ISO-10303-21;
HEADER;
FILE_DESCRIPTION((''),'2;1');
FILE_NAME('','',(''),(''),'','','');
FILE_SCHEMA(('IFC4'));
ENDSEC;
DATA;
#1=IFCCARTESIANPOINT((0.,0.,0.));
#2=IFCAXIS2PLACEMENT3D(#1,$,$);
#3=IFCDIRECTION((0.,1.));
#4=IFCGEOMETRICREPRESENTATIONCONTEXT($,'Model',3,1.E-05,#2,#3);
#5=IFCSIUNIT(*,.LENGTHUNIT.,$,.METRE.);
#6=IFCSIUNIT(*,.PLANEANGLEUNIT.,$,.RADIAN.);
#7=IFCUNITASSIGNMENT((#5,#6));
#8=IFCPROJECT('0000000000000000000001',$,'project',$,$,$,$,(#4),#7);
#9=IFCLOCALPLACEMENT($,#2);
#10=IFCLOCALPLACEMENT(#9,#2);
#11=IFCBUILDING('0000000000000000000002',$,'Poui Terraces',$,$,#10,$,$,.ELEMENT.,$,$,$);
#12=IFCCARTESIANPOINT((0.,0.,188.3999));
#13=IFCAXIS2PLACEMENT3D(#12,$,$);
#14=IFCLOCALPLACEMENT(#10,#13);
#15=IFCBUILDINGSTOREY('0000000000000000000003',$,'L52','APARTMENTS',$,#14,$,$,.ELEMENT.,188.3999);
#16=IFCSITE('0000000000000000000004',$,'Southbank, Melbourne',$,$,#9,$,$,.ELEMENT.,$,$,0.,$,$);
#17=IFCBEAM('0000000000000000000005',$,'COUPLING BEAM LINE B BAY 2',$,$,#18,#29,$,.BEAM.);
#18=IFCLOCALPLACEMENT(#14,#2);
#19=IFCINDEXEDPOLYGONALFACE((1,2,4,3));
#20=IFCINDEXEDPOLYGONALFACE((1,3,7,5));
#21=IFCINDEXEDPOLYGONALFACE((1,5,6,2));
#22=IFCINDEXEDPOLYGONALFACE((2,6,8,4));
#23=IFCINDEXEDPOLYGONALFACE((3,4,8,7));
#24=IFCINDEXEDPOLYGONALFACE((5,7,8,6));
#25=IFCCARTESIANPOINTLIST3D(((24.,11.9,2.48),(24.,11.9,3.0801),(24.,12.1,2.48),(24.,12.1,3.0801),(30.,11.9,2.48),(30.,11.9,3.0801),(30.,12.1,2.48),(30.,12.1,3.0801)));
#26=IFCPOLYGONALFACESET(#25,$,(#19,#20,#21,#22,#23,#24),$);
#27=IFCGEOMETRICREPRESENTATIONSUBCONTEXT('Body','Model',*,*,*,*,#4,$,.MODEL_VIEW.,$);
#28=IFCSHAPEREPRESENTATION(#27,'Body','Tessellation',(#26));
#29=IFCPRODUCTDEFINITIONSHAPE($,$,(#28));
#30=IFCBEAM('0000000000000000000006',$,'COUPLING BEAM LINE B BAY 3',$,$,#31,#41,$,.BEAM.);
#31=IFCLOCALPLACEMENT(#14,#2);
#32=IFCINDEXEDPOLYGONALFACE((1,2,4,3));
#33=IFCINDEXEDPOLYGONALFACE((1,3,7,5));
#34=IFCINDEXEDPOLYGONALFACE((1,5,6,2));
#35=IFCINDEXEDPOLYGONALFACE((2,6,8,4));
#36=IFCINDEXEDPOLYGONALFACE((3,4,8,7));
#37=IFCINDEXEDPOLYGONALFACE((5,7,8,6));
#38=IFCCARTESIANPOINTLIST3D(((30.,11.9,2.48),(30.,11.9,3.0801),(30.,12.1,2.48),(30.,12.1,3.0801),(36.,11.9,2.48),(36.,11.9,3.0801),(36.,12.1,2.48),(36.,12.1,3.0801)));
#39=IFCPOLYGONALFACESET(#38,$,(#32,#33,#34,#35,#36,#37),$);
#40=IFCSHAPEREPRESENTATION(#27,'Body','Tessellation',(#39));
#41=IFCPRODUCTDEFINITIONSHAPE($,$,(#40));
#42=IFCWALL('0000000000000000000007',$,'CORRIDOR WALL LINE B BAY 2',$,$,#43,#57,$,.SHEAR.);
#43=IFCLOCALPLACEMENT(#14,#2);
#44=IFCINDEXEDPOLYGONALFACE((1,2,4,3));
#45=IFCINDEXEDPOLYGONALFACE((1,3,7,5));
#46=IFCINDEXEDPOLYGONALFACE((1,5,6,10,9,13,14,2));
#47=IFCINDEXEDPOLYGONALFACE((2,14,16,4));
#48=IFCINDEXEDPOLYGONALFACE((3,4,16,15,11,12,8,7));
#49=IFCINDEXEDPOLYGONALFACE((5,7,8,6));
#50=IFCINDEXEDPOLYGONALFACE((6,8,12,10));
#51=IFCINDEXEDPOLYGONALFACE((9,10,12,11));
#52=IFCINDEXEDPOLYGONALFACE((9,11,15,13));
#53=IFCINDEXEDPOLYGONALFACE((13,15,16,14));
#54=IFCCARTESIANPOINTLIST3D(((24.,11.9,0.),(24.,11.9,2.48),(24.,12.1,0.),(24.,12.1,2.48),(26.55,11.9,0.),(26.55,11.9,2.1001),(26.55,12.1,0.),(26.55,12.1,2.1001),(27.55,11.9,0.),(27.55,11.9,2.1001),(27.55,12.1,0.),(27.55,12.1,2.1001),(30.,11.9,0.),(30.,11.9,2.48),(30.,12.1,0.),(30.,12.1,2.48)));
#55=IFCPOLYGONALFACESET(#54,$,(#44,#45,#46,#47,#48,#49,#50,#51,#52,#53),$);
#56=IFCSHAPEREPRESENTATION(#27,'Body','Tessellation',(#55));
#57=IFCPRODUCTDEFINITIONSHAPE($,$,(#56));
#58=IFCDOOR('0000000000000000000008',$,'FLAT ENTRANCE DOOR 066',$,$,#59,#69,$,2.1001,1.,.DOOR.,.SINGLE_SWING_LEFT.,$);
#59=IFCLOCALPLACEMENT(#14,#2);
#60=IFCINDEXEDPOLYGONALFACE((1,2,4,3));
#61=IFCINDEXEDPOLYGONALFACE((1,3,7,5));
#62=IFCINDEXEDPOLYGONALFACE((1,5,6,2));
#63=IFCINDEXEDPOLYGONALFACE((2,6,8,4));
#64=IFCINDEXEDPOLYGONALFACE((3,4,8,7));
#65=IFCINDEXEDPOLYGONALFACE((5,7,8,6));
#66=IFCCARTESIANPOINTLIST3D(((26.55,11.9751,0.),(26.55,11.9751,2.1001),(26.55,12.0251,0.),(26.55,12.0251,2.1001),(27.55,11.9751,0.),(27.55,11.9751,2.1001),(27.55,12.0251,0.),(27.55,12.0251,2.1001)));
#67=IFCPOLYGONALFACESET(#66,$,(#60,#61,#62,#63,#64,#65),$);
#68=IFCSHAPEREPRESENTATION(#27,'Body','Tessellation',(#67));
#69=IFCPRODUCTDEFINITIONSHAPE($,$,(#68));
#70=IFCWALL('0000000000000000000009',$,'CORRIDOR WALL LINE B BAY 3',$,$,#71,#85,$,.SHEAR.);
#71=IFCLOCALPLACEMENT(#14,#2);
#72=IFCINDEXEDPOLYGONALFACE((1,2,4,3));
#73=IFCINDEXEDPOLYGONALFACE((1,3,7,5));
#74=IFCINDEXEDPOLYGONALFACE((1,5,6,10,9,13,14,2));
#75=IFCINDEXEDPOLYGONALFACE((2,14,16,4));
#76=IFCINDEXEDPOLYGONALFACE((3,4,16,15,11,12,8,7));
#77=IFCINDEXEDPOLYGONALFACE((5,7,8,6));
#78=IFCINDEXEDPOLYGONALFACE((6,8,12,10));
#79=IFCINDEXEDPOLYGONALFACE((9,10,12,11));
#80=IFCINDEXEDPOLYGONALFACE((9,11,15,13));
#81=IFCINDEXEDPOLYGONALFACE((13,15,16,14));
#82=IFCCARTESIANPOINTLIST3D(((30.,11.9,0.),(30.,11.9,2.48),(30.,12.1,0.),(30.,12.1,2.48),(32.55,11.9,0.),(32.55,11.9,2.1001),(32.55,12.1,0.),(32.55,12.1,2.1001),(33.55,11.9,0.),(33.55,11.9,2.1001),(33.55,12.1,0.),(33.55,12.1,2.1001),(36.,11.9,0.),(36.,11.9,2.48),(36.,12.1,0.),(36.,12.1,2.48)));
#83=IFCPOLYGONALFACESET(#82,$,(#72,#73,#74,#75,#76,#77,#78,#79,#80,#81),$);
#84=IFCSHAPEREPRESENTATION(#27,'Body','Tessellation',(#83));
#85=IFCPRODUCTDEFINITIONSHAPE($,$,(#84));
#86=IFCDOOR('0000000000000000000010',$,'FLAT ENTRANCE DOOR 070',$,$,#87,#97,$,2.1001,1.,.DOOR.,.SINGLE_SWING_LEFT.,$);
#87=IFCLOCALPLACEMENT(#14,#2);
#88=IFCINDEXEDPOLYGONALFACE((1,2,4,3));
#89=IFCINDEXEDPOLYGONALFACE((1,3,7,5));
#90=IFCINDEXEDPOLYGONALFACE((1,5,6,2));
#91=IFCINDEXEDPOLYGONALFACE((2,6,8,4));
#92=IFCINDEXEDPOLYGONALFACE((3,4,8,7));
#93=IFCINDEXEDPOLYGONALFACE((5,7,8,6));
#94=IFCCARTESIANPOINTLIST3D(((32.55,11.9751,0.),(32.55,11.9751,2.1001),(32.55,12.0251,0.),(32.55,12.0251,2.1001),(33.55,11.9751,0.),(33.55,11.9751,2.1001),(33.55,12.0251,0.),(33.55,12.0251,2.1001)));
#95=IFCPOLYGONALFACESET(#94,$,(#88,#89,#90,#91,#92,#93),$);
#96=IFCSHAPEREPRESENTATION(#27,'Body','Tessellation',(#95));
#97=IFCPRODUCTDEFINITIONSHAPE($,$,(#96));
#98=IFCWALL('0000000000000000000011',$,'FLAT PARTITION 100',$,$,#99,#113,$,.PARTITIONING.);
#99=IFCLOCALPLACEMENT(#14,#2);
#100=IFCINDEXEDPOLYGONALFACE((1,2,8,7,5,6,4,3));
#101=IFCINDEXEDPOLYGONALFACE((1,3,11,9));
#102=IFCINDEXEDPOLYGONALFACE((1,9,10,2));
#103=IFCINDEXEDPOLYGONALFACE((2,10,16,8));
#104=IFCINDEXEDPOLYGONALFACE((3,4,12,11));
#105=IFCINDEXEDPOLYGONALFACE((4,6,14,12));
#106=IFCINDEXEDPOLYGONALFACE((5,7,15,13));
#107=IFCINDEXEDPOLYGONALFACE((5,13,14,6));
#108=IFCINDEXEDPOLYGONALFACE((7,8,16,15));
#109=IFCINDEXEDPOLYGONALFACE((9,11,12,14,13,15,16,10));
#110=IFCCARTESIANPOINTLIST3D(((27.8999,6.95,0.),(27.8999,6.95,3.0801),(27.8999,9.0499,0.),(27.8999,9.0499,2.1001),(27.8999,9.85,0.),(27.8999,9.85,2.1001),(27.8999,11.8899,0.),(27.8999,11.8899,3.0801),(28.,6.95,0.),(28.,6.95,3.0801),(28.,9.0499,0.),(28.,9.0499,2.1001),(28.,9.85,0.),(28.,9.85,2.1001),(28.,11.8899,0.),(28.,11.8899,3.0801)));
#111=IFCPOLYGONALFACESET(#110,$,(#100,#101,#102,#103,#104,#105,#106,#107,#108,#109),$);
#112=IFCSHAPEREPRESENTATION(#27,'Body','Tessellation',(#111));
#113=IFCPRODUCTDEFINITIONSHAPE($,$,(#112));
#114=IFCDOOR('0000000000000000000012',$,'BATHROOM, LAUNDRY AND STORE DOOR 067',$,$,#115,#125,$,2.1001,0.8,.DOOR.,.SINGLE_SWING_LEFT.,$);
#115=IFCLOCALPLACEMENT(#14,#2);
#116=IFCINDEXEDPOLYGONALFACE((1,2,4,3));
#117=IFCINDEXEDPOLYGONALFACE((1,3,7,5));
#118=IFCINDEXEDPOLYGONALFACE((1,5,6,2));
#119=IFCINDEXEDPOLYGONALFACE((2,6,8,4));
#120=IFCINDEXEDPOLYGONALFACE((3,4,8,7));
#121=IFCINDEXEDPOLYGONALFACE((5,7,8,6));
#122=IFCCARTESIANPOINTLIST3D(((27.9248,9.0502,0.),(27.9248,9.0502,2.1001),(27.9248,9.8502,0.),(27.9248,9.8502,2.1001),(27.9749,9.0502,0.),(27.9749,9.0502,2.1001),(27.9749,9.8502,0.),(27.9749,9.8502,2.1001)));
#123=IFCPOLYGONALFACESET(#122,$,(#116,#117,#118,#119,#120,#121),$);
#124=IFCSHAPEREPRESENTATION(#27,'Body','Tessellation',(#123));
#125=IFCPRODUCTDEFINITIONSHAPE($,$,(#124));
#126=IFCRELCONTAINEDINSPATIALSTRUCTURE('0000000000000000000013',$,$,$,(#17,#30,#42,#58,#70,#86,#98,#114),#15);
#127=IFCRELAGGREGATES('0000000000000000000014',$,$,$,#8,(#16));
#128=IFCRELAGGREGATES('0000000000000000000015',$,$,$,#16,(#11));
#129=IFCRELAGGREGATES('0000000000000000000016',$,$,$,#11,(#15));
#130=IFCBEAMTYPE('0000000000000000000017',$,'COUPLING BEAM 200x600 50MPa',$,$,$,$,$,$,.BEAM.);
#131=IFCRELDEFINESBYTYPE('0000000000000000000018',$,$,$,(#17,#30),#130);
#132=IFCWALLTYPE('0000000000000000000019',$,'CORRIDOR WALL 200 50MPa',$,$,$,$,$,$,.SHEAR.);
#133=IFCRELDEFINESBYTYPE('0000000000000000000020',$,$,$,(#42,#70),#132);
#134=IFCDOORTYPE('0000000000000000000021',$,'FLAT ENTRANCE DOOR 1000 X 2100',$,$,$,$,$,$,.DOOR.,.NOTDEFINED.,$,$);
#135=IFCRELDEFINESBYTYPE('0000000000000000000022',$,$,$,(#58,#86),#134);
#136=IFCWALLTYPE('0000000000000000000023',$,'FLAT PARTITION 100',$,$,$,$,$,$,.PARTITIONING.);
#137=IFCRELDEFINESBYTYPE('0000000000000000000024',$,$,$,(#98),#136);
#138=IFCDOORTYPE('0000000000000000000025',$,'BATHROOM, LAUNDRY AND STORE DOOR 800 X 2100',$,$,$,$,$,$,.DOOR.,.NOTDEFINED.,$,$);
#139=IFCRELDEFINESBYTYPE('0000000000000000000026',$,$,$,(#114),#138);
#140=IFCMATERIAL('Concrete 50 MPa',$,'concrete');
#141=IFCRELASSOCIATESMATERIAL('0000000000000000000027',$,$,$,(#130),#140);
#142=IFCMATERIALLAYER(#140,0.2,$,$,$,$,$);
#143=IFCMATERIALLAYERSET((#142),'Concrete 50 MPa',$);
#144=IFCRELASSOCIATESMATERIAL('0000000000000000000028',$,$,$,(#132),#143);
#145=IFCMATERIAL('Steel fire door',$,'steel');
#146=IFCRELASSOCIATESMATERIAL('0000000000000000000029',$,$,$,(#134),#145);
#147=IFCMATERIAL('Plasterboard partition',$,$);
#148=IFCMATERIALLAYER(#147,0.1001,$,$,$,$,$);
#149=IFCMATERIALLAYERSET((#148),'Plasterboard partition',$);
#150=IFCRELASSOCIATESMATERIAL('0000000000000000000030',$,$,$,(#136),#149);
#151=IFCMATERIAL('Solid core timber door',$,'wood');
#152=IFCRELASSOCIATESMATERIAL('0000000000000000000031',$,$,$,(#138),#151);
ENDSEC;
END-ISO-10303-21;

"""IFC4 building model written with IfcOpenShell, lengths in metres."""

from ifc_helpers import new_model, si_unit, direction, frame, frame_2d, origin, origin_2d, place, context, subcontext, project, spatial, rectangle, extrude, source, transform, mapped, material, layer, layer_set, material_profile, profile_set, type_object, element, fill, save


model = new_model("IFC4")

# Units and contexts
model_context = context("Model", 3, precision=1e-05, world=origin(), true_north=direction((0.0, 1.0)))
body_context = subcontext(model_context, "Body", "Model", "MODEL_VIEW")
ifc_project = project(units=[si_unit("LENGTHUNIT", "METRE"), si_unit("PLANEANGLEUNIT", "RADIAN")], contexts=[model_context])

# Site, building, storey
site_placement = place(None, origin())
site = spatial("IfcSite", under=ifc_project, at=site_placement, Name="Southbank, Melbourne", CompositionType="ELEMENT", RefElevation=0.0)
building_placement = place(site_placement, origin())
building = spatial("IfcBuilding", under=site, at=building_placement, Name="Poui Terraces", CompositionType="ELEMENT")
storey_placement = place(building_placement, frame((0.0, 0.0, 188.3999)))
storey = spatial("IfcBuildingStorey", under=building, at=storey_placement, Name="L52", Description="APARTMENTS", CompositionType="ELEMENT", Elevation=188.3999)

# Beams
ifc_material_1 = material(Name="Concrete 50 MPa", Category="concrete")
ifc_material_profile = material_profile(ifc_material_1, rectangle(XDim=0.2, YDim=0.6001, at=origin_2d()), Name="RC 200x600")
ifc_profile_set = profile_set([ifc_material_profile], Name="Concrete 50 MPa")
beam_type = type_object("IfcBeamType", Name="COUPLING BEAM 200x600 50MPa", PredefinedType="BEAM", material=ifc_profile_set)
shared_shape = source(origin(), body_context, "Body", "SweptSolid", [
    extrude(rectangle(XDim=0.2, YDim=0.6001, at=origin_2d()), origin(), (0.0, 0.0, 1.0), 6.0),
])
for number, where, z_axis, x_axis, name in (
    (1, (24.0, 12.0, 2.78), (1.0, 0.0, 0.0), (0.0, 1.0, 0.0), "COUPLING BEAM LINE B BAY 2"),
    (2, (30.0, 12.0, 2.78), (1.0, 0.0, 0.0), (0.0, 1.0, 0.0), "COUPLING BEAM LINE B BAY 3"),
):
    element("IfcBeam", number, at=place(storey_placement, frame(where, z_axis=z_axis, x_axis=x_axis)), inside=storey, type_object=beam_type, Name=name, PredefinedType="BEAM", context=body_context, shape_type="MappedRepresentation", body=[
        mapped(shared_shape, transform((0.0, 0.0, 0.0))),
    ])

# Walls, openings, doors
ifc_layer_1 = layer(ifc_material_1, 0.2)
ifc_layer_set_1 = layer_set([ifc_layer_1], Name="Concrete 50 MPa")
wall_type_1 = type_object("IfcWallType", Name="CORRIDOR WALL 200 50MPa", PredefinedType="SHEAR", material=ifc_layer_set_1)
wall_1_placement = place(storey_placement, frame((24.0, 12.0, 0.0), z_axis=(0.0, 0.0, 1.0), x_axis=(1.0, 0.0, 0.0)))
wall_1 = element("IfcWall", 3, at=wall_1_placement, inside=storey, type_object=wall_type_1, Name="CORRIDOR WALL LINE B BAY 2", PredefinedType="SHEAR", context=body_context, shape_type="SweptSolid", body=[
    extrude(rectangle(XDim=6.0, YDim=0.2, at=frame_2d((3.0, 0.0))), origin(), (0.0, 0.0, 1.0), 2.48),
])
opening_1_placement = place(wall_1_placement, frame((2.55, 0.0, 0.0)))
opening_1 = element("IfcOpeningElement", 4, at=opening_1_placement, cuts=wall_1, PredefinedType="OPENING", context=body_context, shape_type="SweptSolid", body=[
    extrude(rectangle(XDim=1.0, YDim=2.1001, at=frame_2d((0.5, 1.05))), frame((0.0, 0.1099, 0.0), z_axis=(0.0, -1.0, 0.0), x_axis=(1.0, 0.0, 0.0)), (0.0, 0.0, 1.0), 0.22),
])
ifc_material_2 = material(Name="Steel fire door", Category="steel")
door_type_1 = type_object("IfcDoorType", Name="FLAT ENTRANCE DOOR 1000 X 2100", OperationType="NOTDEFINED", PredefinedType="DOOR", material=ifc_material_2)
door_1_placement = place(opening_1_placement, frame((1.0, 0.0, 0.0), z_axis=(0.0, 0.0, 1.0), x_axis=(-1.0, 0.0, 0.0)))
door_1 = element("IfcDoor", 5, at=door_1_placement, inside=storey, type_object=door_type_1, Name="FLAT ENTRANCE DOOR 066", OperationType="SINGLE_SWING_LEFT", OverallHeight=2.1001, OverallWidth=1.0, PredefinedType="DOOR", context=body_context, shape_type="SweptSolid", body=[
    extrude(rectangle(XDim=1.0, YDim=2.1001, at=frame_2d((0.5, 1.05))), frame((0.0, 0.0249, 0.0), z_axis=(0.0, -1.0, 0.0), x_axis=(1.0, 0.0, 0.0)), (0.0, 0.0, 1.0), 0.05),
])
fill(opening_1, door_1)
wall_2_placement = place(storey_placement, frame((30.0, 12.0, 0.0), z_axis=(0.0, 0.0, 1.0), x_axis=(1.0, 0.0, 0.0)))
wall_2 = element("IfcWall", 6, at=wall_2_placement, inside=storey, type_object=wall_type_1, Name="CORRIDOR WALL LINE B BAY 3", PredefinedType="SHEAR", context=body_context, shape_type="SweptSolid", body=[
    extrude(rectangle(XDim=6.0, YDim=0.2, at=frame_2d((3.0, 0.0))), origin(), (0.0, 0.0, 1.0), 2.48),
])
opening_2_placement = place(wall_2_placement, frame((2.55, 0.0, 0.0)))
opening_2 = element("IfcOpeningElement", 7, at=opening_2_placement, cuts=wall_2, PredefinedType="OPENING", context=body_context, shape_type="SweptSolid", body=[
    extrude(rectangle(XDim=1.0, YDim=2.1001, at=frame_2d((0.5, 1.05))), frame((0.0, 0.1099, 0.0), z_axis=(0.0, -1.0, 0.0), x_axis=(1.0, 0.0, 0.0)), (0.0, 0.0, 1.0), 0.22),
])
door_2_placement = place(opening_2_placement, frame((1.0, 0.0, 0.0), z_axis=(0.0, 0.0, 1.0), x_axis=(-1.0, 0.0, 0.0)))
door_2 = element("IfcDoor", 8, at=door_2_placement, inside=storey, type_object=door_type_1, Name="FLAT ENTRANCE DOOR 070", OperationType="SINGLE_SWING_LEFT", OverallHeight=2.1001, OverallWidth=1.0, PredefinedType="DOOR", context=body_context, shape_type="SweptSolid", body=[
    extrude(rectangle(XDim=1.0, YDim=2.1001, at=frame_2d((0.5, 1.05))), frame((0.0, 0.0249, 0.0), z_axis=(0.0, -1.0, 0.0), x_axis=(1.0, 0.0, 0.0)), (0.0, 0.0, 1.0), 0.05),
])
fill(opening_2, door_2)
ifc_material_3 = material(Name="Plasterboard partition")
ifc_layer_2 = layer(ifc_material_3, 0.1001)
ifc_layer_set_2 = layer_set([ifc_layer_2], Name="Plasterboard partition")
wall_type_2 = type_object("IfcWallType", Name="FLAT PARTITION 100", PredefinedType="PARTITIONING", material=ifc_layer_set_2)
wall_3_placement = place(storey_placement, frame((27.95, 6.95, 0.0), z_axis=(0.0, 0.0, 1.0), x_axis=(0.0, 1.0, 0.0)))
wall_3 = element("IfcWall", 9, at=wall_3_placement, inside=storey, type_object=wall_type_2, Name="FLAT PARTITION 100", PredefinedType="PARTITIONING", context=body_context, shape_type="SweptSolid", body=[
    extrude(rectangle(XDim=4.9399, YDim=0.1001, at=frame_2d((2.47, 0.0))), origin(), (0.0, 0.0, 1.0), 3.0801),
])
opening_3_placement = place(wall_3_placement, frame((2.1001, 0.0, 0.0)))
opening_3 = element("IfcOpeningElement", 10, at=opening_3_placement, cuts=wall_3, PredefinedType="OPENING", context=body_context, shape_type="SweptSolid", body=[
    extrude(rectangle(XDim=0.8, YDim=2.1001, at=frame_2d((0.3999, 1.05))), frame((0.0, 0.0601, 0.0), z_axis=(0.0, -1.0, 0.0), x_axis=(1.0, 0.0, 0.0)), (0.0, 0.0, 1.0), 0.1201),
])
ifc_material_4 = material(Name="Solid core timber door", Category="wood")
door_type_2 = type_object("IfcDoorType", Name="BATHROOM, LAUNDRY AND STORE DOOR 800 X 2100", OperationType="NOTDEFINED", PredefinedType="DOOR", material=ifc_material_4)
door_3_placement = place(opening_3_placement, frame((0.8, 0.0, 0.0), z_axis=(0.0, 0.0, 1.0), x_axis=(-1.0, 0.0, 0.0)))
door_3 = element("IfcDoor", 11, at=door_3_placement, inside=storey, type_object=door_type_2, Name="BATHROOM, LAUNDRY AND STORE DOOR 067", OperationType="SINGLE_SWING_LEFT", OverallHeight=2.1001, OverallWidth=0.8, PredefinedType="DOOR", context=body_context, shape_type="SweptSolid", body=[
    extrude(rectangle(XDim=0.8, YDim=2.1001, at=frame_2d((0.3999, 1.05))), frame((0.0, 0.0249, 0.0), z_axis=(0.0, -1.0, 0.0), x_axis=(1.0, 0.0, 0.0)), (0.0, 0.0, 1.0), 0.05),
])
fill(opening_3, door_3)

save(model, "model.ifc")
